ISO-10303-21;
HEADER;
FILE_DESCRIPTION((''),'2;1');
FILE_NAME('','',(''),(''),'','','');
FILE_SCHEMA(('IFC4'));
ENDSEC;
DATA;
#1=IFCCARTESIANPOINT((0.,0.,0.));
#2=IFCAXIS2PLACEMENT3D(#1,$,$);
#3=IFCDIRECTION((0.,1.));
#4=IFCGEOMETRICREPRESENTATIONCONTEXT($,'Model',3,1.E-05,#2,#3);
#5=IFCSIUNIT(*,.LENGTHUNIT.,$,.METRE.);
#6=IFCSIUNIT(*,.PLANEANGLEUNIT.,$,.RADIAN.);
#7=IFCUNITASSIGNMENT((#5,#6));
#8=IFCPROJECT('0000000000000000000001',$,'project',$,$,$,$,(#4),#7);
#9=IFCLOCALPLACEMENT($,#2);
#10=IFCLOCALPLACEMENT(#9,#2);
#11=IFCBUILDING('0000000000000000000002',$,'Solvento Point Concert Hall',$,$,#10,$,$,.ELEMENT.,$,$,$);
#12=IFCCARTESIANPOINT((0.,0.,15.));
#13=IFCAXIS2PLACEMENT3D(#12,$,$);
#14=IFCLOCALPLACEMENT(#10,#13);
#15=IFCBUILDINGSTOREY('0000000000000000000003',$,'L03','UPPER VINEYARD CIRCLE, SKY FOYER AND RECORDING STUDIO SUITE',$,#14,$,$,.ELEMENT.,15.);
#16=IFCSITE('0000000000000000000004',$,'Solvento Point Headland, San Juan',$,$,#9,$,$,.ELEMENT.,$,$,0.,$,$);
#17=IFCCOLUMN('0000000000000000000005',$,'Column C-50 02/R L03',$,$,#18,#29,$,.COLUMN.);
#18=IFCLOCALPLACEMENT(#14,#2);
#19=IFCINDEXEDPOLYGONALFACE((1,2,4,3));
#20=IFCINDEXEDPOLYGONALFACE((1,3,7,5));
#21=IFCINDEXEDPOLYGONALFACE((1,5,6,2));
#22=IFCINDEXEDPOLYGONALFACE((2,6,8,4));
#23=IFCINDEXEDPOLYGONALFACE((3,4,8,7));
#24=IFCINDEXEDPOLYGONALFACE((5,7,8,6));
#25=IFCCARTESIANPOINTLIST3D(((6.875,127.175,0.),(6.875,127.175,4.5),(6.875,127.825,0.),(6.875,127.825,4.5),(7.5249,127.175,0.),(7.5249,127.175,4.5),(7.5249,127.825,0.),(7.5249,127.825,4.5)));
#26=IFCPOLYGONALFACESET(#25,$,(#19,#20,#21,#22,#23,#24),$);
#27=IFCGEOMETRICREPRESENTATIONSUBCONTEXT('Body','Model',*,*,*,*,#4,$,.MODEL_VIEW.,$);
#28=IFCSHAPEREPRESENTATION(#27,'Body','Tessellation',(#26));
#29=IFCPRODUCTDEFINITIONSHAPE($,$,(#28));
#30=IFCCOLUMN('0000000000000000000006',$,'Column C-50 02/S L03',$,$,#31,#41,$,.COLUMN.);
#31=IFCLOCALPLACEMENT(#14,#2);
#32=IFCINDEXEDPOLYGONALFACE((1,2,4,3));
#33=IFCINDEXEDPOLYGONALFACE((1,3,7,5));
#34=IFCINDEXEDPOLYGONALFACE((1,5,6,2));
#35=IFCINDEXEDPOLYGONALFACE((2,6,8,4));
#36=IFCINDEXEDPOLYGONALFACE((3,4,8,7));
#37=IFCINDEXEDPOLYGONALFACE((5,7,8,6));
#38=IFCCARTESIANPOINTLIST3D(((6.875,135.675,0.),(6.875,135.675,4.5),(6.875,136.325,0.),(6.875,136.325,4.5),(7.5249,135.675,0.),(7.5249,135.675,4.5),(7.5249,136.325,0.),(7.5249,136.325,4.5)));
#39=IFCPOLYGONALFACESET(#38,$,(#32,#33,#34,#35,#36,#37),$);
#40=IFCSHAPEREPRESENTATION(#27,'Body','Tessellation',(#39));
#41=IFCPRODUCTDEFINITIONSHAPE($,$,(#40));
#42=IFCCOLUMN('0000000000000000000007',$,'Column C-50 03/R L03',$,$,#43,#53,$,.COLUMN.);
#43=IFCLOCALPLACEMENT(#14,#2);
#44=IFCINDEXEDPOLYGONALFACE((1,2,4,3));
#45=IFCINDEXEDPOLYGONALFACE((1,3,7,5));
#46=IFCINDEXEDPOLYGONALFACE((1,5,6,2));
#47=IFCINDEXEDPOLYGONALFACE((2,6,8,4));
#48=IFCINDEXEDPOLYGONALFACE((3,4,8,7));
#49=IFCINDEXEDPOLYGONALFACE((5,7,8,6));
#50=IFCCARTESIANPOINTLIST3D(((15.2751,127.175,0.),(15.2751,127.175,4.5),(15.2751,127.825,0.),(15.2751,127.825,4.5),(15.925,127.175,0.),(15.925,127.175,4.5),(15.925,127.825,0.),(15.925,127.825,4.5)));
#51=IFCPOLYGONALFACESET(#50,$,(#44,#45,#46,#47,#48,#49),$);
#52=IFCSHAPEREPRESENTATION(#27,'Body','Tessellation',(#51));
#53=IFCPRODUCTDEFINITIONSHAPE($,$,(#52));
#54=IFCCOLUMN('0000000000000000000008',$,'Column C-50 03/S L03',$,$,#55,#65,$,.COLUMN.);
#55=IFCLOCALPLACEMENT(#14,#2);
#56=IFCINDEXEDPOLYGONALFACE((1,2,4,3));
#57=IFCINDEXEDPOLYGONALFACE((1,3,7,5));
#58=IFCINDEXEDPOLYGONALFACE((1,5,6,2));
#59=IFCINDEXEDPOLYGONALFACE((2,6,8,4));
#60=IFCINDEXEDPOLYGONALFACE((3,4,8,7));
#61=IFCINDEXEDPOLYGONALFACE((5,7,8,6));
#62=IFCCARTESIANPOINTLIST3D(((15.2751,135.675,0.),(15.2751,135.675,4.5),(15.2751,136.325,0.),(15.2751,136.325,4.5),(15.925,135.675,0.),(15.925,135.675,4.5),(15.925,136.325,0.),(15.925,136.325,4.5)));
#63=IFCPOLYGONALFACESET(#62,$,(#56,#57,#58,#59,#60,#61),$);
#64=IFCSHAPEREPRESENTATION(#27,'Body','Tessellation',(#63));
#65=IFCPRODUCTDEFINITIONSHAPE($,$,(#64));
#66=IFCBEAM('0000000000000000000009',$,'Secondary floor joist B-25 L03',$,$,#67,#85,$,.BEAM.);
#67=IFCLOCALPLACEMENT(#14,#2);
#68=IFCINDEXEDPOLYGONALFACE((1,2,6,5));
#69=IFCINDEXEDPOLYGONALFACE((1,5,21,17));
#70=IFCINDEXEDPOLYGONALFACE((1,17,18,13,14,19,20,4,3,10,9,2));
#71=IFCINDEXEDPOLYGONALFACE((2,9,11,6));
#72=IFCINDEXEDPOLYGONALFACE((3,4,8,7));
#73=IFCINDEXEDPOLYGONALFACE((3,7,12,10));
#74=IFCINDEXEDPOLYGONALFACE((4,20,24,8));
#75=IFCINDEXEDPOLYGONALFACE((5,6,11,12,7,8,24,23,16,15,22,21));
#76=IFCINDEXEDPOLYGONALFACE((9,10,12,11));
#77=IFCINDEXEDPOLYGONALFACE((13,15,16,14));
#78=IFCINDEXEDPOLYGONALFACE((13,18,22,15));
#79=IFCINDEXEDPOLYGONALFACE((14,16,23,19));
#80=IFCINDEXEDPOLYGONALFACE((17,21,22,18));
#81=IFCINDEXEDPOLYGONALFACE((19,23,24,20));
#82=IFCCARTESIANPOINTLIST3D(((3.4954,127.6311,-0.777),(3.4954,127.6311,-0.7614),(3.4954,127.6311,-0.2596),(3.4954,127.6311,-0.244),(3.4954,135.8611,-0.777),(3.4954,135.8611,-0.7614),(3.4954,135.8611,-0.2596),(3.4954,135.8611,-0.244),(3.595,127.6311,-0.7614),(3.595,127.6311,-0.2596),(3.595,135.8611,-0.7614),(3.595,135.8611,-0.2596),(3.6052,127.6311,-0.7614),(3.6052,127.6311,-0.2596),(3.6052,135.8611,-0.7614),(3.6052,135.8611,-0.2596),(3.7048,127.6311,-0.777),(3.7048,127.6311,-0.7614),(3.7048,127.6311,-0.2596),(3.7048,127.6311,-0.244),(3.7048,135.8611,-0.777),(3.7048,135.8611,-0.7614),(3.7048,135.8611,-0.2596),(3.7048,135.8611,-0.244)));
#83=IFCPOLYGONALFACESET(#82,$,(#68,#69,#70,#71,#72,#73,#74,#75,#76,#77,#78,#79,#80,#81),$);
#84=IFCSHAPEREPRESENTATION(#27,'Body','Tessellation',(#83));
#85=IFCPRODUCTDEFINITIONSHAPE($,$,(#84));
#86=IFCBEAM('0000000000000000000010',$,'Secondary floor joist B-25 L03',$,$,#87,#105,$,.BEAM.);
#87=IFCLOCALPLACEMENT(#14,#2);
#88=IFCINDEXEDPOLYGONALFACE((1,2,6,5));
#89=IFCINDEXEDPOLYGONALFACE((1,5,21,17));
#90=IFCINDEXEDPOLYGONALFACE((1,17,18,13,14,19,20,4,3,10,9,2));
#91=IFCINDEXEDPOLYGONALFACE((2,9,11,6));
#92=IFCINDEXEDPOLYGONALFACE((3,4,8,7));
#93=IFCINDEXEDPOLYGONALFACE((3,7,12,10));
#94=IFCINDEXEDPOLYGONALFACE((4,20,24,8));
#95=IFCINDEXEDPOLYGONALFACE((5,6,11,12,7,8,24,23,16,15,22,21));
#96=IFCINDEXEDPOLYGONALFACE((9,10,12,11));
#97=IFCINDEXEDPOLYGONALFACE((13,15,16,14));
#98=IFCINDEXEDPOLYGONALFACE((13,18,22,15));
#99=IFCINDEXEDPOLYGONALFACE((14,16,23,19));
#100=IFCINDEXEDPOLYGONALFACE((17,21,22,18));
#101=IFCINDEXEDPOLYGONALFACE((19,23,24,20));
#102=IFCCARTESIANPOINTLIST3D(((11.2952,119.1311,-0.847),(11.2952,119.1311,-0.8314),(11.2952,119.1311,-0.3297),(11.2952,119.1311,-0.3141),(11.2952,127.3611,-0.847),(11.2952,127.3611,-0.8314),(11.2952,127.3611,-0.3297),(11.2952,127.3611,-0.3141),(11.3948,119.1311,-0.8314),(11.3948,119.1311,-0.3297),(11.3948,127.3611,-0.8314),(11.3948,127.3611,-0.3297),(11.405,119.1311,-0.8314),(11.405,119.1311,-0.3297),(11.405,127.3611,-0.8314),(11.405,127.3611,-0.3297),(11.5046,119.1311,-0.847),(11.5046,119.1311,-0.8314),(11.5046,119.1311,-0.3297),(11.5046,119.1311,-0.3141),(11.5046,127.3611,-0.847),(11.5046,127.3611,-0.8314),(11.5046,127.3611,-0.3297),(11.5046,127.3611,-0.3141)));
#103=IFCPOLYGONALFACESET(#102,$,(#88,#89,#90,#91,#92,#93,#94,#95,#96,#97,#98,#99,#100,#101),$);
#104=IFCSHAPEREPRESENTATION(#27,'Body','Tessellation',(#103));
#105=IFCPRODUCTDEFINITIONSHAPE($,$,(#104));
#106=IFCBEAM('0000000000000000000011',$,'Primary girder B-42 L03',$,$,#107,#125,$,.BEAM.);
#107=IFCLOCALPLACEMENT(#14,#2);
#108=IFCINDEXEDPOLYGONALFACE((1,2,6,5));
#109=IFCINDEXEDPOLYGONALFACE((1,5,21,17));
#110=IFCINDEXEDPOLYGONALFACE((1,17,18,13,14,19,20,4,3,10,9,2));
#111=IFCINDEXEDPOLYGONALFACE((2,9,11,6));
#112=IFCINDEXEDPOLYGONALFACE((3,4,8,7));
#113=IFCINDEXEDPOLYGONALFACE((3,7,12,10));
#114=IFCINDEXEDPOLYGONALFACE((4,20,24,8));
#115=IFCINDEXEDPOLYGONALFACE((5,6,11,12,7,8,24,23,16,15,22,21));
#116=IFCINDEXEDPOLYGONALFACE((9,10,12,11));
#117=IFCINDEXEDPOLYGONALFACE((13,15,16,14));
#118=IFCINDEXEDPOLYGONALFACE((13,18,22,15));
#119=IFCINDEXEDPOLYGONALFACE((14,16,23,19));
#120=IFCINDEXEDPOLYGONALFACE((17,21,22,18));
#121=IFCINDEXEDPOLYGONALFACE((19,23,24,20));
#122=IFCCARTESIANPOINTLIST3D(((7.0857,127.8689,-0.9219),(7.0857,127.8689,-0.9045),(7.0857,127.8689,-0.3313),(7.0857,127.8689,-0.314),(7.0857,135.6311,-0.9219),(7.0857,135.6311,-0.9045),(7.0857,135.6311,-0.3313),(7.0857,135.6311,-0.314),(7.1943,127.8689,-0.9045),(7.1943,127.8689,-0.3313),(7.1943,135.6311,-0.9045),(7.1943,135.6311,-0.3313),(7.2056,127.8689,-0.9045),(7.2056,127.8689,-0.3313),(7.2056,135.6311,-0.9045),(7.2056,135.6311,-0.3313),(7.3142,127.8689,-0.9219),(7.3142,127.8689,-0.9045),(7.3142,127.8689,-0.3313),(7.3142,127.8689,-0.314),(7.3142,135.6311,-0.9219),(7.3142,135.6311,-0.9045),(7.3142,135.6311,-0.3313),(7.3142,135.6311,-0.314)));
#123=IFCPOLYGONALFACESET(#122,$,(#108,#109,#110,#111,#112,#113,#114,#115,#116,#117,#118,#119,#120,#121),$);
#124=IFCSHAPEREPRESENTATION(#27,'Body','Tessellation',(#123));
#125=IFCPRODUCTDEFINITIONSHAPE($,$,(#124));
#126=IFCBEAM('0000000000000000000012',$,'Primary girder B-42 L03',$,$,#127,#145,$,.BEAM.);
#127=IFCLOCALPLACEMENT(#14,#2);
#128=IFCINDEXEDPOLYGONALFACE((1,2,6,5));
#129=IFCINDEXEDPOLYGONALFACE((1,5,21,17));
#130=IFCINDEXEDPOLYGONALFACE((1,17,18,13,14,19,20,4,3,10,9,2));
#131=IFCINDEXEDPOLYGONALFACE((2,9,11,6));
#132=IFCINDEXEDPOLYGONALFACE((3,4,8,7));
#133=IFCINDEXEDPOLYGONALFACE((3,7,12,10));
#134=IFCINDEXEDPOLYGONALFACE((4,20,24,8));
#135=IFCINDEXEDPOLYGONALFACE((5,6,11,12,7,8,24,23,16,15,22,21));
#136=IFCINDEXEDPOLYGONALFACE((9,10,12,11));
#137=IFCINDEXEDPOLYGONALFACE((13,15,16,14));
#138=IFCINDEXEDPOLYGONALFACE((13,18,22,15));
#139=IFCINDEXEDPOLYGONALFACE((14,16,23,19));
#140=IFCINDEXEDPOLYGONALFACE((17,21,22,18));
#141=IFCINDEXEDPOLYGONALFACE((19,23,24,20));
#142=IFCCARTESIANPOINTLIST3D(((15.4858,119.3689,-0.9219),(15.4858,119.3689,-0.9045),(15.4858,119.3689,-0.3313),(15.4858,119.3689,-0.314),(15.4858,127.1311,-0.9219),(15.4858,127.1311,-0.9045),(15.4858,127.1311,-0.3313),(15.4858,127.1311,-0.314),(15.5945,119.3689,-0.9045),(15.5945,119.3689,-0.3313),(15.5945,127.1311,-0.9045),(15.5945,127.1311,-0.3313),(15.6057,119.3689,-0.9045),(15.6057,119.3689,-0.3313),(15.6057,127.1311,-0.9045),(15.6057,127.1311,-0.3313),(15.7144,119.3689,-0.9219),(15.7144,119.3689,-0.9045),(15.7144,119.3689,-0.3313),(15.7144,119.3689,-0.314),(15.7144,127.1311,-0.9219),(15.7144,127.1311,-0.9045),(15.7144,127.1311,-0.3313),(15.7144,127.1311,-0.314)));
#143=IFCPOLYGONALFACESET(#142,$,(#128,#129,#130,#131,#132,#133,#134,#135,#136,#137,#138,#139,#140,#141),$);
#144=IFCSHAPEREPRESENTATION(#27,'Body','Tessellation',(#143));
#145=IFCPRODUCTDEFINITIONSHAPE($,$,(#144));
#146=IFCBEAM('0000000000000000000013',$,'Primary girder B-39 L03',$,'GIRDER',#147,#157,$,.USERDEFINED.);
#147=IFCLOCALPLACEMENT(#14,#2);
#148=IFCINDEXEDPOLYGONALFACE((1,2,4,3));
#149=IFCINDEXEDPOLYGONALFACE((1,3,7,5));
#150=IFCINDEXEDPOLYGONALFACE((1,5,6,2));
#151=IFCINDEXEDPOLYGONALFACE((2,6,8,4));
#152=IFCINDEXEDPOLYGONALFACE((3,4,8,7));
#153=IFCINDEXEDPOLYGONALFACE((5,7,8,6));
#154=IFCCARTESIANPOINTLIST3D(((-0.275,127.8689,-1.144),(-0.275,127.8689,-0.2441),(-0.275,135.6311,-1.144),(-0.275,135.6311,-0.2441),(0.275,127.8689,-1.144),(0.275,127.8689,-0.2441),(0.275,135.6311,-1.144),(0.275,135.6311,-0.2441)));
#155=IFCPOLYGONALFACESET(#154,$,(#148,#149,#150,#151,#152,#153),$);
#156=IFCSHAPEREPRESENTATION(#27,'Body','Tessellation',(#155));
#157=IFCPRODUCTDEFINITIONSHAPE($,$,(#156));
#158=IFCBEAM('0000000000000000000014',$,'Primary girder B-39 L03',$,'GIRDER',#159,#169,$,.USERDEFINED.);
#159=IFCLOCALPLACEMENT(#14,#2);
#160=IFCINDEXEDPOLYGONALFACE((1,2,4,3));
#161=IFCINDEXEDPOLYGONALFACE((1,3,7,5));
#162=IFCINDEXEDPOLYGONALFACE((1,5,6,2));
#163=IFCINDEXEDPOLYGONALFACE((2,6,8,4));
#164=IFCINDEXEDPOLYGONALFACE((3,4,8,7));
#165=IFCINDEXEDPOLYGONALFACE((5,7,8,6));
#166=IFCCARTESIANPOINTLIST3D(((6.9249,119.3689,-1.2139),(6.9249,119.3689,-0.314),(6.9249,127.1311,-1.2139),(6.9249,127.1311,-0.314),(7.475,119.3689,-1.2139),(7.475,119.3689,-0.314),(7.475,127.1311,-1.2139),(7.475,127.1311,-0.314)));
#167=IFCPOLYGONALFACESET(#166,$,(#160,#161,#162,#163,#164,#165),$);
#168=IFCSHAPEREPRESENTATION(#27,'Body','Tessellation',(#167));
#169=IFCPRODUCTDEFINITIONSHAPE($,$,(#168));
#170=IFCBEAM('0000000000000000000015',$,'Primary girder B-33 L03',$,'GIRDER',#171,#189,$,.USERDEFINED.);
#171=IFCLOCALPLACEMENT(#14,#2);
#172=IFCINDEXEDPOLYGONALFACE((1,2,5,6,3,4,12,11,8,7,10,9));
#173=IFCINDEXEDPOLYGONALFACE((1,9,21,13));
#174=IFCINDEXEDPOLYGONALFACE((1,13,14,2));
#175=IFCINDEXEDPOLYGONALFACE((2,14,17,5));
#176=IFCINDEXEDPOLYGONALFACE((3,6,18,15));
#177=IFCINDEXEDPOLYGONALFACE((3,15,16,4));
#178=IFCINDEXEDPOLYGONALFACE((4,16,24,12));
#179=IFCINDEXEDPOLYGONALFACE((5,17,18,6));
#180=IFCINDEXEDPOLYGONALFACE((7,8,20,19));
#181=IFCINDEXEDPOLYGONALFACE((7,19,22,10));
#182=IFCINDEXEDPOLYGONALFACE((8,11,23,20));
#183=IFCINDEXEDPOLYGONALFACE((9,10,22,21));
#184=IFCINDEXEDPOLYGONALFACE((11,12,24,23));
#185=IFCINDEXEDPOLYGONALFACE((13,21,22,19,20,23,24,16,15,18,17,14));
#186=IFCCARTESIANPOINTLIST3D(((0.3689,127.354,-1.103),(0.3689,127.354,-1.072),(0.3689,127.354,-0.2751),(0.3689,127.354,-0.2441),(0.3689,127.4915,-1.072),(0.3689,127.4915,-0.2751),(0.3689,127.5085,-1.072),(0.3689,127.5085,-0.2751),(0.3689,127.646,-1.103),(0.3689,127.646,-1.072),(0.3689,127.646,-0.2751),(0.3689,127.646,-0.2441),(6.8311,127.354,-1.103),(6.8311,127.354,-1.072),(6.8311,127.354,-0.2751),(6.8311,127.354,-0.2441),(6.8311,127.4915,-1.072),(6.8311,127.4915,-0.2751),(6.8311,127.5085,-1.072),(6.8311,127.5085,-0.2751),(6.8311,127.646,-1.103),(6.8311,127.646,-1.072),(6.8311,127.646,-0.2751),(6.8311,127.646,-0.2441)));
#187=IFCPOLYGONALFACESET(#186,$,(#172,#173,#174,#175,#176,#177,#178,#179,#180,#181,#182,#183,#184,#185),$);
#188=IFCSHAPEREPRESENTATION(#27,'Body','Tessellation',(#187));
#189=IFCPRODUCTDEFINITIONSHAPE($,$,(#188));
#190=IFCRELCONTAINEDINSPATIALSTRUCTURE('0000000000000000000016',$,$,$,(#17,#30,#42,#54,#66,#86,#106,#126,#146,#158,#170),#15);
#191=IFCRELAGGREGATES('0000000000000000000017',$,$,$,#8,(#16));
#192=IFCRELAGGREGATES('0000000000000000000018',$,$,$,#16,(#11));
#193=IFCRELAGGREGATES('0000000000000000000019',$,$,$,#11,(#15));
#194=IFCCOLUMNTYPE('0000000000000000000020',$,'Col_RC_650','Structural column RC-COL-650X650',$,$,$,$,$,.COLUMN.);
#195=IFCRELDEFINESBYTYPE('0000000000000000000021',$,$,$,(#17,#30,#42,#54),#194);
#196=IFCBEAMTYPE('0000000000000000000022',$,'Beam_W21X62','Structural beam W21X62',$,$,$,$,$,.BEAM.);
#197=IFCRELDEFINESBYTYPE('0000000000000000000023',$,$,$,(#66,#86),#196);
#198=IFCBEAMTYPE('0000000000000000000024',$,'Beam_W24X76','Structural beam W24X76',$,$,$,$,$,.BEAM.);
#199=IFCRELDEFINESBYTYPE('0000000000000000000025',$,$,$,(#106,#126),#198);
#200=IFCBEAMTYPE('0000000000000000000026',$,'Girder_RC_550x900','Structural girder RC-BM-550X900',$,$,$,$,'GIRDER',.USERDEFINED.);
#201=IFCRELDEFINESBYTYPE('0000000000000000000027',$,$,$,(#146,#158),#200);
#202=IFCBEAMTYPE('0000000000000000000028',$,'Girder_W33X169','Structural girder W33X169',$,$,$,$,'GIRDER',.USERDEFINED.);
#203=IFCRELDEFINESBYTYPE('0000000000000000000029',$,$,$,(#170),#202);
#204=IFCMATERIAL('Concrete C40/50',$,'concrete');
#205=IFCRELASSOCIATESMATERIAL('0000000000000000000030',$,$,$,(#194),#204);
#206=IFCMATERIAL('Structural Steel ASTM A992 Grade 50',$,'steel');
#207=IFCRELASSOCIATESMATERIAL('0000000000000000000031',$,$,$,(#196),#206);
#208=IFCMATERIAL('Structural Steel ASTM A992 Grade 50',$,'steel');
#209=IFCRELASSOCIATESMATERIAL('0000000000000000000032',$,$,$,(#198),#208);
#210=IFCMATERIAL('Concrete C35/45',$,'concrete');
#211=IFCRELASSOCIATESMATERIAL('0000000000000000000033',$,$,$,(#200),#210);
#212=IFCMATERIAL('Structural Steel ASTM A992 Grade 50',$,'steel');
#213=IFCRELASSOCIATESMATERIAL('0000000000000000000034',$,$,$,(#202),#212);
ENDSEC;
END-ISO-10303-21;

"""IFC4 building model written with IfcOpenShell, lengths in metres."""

from ifc_helpers import new_model, si_unit, direction, frame, origin, origin_2d, place, context, subcontext, project, spatial, rectangle, i_section, extrude, material, material_profile, profile_set, type_object, element, save


model = new_model("IFC4")

# Units and contexts
model_context = context("Model", 3, precision=1e-05, world=origin(), true_north=direction((0.0, 1.0)))
body_context = subcontext(model_context, "Body", "Model", "MODEL_VIEW")
ifc_project = project(units=[si_unit("LENGTHUNIT", "METRE"), si_unit("PLANEANGLEUNIT", "RADIAN")], contexts=[model_context])

# Site, building, storey
site_placement = place(None, origin())
site = spatial("IfcSite", under=ifc_project, at=site_placement, Name="Solvento Point Headland, San Juan", CompositionType="ELEMENT", RefElevation=0.0)
building_placement = place(site_placement, origin())
building = spatial("IfcBuilding", under=site, at=building_placement, Name="Solvento Point Concert Hall", CompositionType="ELEMENT")
storey_placement = place(building_placement, frame((0.0, 0.0, 15.0)))
storey = spatial("IfcBuildingStorey", under=building, at=storey_placement, Name="L03", Description="UPPER VINEYARD CIRCLE, SKY FOYER AND RECORDING STUDIO SUITE", CompositionType="ELEMENT", Elevation=15.0)

# Columns
ifc_material_1 = material(Name="Concrete C40/50", Category="concrete")
ifc_material_profile_1 = material_profile(ifc_material_1, rectangle(XDim=0.6499, YDim=0.6499, at=origin_2d()), Name="RC-COL-650X650")
ifc_profile_set_1 = profile_set([ifc_material_profile_1], Name="Concrete C40/50")
column_type = type_object("IfcColumnType", Name="Col_RC_650", Description="Structural column RC-COL-650X650", PredefinedType="COLUMN", material=ifc_profile_set_1)
for number, where, z_axis, x_axis, name in (
    (1, (7.2, 127.5, 0.0), (0.0, 0.0, 1.0), (1.0, 0.0, 0.0), "Column C-50 02/R L03"),
    (2, (7.2, 136.0, 0.0), (0.0, 0.0, 1.0), (1.0, 0.0, 0.0), "Column C-50 02/S L03"),
    (3, (15.6001, 127.5, 0.0), (0.0, 0.0, 1.0), (1.0, 0.0, 0.0), "Column C-50 03/R L03"),
    (4, (15.6001, 136.0, 0.0), (0.0, 0.0, 1.0), (1.0, 0.0, 0.0), "Column C-50 03/S L03"),
):
    element("IfcColumn", number, at=place(storey_placement, frame(where, z_axis=z_axis, x_axis=x_axis)), inside=storey, type_object=column_type, Name=name, PredefinedType="COLUMN", context=body_context, shape_type="SweptSolid", body=[
        extrude(rectangle(XDim=0.6499, YDim=0.6499, at=origin_2d()), origin(), (0.0, 0.0, 1.0), 4.5),
    ])

# Beams
ifc_material_2 = material(Name="Structural Steel ASTM A992 Grade 50", Category="steel")
ifc_material_profile_2 = material_profile(ifc_material_2, i_section(OverallWidth=0.2095, OverallDepth=0.533, WebThickness=0.0103, FlangeThickness=0.0156, at=origin_2d()), Name="W21X62")
ifc_profile_set_2 = profile_set([ifc_material_profile_2], Name="Structural Steel ASTM A992 Grade 50")
beam_type_1 = type_object("IfcBeamType", Name="Beam_W21X62", Description="Structural beam W21X62", PredefinedType="BEAM", material=ifc_profile_set_2)
for number, where, z_axis, x_axis, name in (
    (5, (3.6001, 127.6311, -0.5105), (0.0, 1.0, 0.0), (-1.0, 0.0, 0.0), "Secondary floor joist B-25 L03"),
    (6, (11.3999, 119.1311, -0.5806), (0.0, 1.0, 0.0), (-1.0, 0.0, 0.0), "Secondary floor joist B-25 L03"),
):
    element("IfcBeam", number, at=place(storey_placement, frame(where, z_axis=z_axis, x_axis=x_axis)), inside=storey, type_object=beam_type_1, Name=name, PredefinedType="BEAM", context=body_context, shape_type="SweptSolid", body=[
        extrude(i_section(OverallWidth=0.2095, OverallDepth=0.533, WebThickness=0.0103, FlangeThickness=0.0156, at=origin_2d()), origin(), (0.0, 0.0, 1.0), 8.23),
    ])
ifc_material_3 = material(Name="Structural Steel ASTM A992 Grade 50", Category="steel")
ifc_material_profile_3 = material_profile(ifc_material_3, i_section(OverallWidth=0.2285, OverallDepth=0.6079, WebThickness=0.0112, FlangeThickness=0.0173, at=origin_2d()), Name="W24X76")
ifc_profile_set_3 = profile_set([ifc_material_profile_3], Name="Structural Steel ASTM A992 Grade 50")
beam_type_2 = type_object("IfcBeamType", Name="Beam_W24X76", Description="Structural beam W24X76", PredefinedType="BEAM", material=ifc_profile_set_3)
for number, where, z_axis, x_axis, name in (
    (7, (7.2, 127.8689, -0.6179), (0.0, 1.0, 0.0), (-1.0, 0.0, 0.0), "Primary girder B-42 L03"),
    (8, (15.6001, 119.3689, -0.6179), (0.0, 1.0, 0.0), (-1.0, 0.0, 0.0), "Primary girder B-42 L03"),
):
    element("IfcBeam", number, at=place(storey_placement, frame(where, z_axis=z_axis, x_axis=x_axis)), inside=storey, type_object=beam_type_2, Name=name, PredefinedType="BEAM", context=body_context, shape_type="SweptSolid", body=[
        extrude(i_section(OverallWidth=0.2285, OverallDepth=0.6079, WebThickness=0.0112, FlangeThickness=0.0173, at=origin_2d()), origin(), (0.0, 0.0, 1.0), 7.7622),
    ])
ifc_material_4 = material(Name="Concrete C35/45", Category="concrete")
ifc_material_profile_4 = material_profile(ifc_material_4, rectangle(XDim=0.55, YDim=0.8999, at=origin_2d()), Name="RC-BM-550X900")
ifc_profile_set_4 = profile_set([ifc_material_profile_4], Name="Concrete C35/45")
beam_type_3 = type_object("IfcBeamType", Name="Girder_RC_550x900", Description="Structural girder RC-BM-550X900", ElementType="GIRDER", PredefinedType="USERDEFINED", material=ifc_profile_set_4)
for number, where, z_axis, x_axis, name in (
    (9, (0.0, 127.8689, -0.6941), (0.0, 1.0, 0.0), (-1.0, 0.0, 0.0), "Primary girder B-39 L03"),
    (10, (7.2, 119.3689, -0.7639), (0.0, 1.0, 0.0), (-1.0, 0.0, 0.0), "Primary girder B-39 L03"),
):
    element("IfcBeam", number, at=place(storey_placement, frame(where, z_axis=z_axis, x_axis=x_axis)), inside=storey, type_object=beam_type_3, Name=name, ObjectType="GIRDER", PredefinedType="USERDEFINED", context=body_context, shape_type="SweptSolid", body=[
        extrude(rectangle(XDim=0.55, YDim=0.8999, at=origin_2d()), origin(), (0.0, 0.0, 1.0), 7.7622),
    ])
ifc_material_5 = material(Name="Structural Steel ASTM A992 Grade 50", Category="steel")
ifc_material_profile_5 = material_profile(ifc_material_5, i_section(OverallWidth=0.292, OverallDepth=0.8589, WebThickness=0.0171, FlangeThickness=0.031, at=origin_2d()), Name="W33X169")
ifc_profile_set_5 = profile_set([ifc_material_profile_5], Name="Structural Steel ASTM A992 Grade 50")
beam_type_4 = type_object("IfcBeamType", Name="Girder_W33X169", Description="Structural girder W33X169", ElementType="GIRDER", PredefinedType="USERDEFINED", material=ifc_profile_set_5)
beam_1_placement = place(storey_placement, frame((0.3689, 127.5, -0.6736), z_axis=(1.0, 0.0, 0.0), x_axis=(0.0, 1.0, 0.0)))
element("IfcBeam", 11, at=beam_1_placement, inside=storey, type_object=beam_type_4, Name="Primary girder B-33 L03", ObjectType="GIRDER", PredefinedType="USERDEFINED", context=body_context, shape_type="SweptSolid", body=[
    extrude(i_section(OverallWidth=0.292, OverallDepth=0.8589, WebThickness=0.0171, FlangeThickness=0.031, at=origin_2d()), origin(), (0.0, 0.0, 1.0), 6.4622),
])

save(model, "model.ifc")
